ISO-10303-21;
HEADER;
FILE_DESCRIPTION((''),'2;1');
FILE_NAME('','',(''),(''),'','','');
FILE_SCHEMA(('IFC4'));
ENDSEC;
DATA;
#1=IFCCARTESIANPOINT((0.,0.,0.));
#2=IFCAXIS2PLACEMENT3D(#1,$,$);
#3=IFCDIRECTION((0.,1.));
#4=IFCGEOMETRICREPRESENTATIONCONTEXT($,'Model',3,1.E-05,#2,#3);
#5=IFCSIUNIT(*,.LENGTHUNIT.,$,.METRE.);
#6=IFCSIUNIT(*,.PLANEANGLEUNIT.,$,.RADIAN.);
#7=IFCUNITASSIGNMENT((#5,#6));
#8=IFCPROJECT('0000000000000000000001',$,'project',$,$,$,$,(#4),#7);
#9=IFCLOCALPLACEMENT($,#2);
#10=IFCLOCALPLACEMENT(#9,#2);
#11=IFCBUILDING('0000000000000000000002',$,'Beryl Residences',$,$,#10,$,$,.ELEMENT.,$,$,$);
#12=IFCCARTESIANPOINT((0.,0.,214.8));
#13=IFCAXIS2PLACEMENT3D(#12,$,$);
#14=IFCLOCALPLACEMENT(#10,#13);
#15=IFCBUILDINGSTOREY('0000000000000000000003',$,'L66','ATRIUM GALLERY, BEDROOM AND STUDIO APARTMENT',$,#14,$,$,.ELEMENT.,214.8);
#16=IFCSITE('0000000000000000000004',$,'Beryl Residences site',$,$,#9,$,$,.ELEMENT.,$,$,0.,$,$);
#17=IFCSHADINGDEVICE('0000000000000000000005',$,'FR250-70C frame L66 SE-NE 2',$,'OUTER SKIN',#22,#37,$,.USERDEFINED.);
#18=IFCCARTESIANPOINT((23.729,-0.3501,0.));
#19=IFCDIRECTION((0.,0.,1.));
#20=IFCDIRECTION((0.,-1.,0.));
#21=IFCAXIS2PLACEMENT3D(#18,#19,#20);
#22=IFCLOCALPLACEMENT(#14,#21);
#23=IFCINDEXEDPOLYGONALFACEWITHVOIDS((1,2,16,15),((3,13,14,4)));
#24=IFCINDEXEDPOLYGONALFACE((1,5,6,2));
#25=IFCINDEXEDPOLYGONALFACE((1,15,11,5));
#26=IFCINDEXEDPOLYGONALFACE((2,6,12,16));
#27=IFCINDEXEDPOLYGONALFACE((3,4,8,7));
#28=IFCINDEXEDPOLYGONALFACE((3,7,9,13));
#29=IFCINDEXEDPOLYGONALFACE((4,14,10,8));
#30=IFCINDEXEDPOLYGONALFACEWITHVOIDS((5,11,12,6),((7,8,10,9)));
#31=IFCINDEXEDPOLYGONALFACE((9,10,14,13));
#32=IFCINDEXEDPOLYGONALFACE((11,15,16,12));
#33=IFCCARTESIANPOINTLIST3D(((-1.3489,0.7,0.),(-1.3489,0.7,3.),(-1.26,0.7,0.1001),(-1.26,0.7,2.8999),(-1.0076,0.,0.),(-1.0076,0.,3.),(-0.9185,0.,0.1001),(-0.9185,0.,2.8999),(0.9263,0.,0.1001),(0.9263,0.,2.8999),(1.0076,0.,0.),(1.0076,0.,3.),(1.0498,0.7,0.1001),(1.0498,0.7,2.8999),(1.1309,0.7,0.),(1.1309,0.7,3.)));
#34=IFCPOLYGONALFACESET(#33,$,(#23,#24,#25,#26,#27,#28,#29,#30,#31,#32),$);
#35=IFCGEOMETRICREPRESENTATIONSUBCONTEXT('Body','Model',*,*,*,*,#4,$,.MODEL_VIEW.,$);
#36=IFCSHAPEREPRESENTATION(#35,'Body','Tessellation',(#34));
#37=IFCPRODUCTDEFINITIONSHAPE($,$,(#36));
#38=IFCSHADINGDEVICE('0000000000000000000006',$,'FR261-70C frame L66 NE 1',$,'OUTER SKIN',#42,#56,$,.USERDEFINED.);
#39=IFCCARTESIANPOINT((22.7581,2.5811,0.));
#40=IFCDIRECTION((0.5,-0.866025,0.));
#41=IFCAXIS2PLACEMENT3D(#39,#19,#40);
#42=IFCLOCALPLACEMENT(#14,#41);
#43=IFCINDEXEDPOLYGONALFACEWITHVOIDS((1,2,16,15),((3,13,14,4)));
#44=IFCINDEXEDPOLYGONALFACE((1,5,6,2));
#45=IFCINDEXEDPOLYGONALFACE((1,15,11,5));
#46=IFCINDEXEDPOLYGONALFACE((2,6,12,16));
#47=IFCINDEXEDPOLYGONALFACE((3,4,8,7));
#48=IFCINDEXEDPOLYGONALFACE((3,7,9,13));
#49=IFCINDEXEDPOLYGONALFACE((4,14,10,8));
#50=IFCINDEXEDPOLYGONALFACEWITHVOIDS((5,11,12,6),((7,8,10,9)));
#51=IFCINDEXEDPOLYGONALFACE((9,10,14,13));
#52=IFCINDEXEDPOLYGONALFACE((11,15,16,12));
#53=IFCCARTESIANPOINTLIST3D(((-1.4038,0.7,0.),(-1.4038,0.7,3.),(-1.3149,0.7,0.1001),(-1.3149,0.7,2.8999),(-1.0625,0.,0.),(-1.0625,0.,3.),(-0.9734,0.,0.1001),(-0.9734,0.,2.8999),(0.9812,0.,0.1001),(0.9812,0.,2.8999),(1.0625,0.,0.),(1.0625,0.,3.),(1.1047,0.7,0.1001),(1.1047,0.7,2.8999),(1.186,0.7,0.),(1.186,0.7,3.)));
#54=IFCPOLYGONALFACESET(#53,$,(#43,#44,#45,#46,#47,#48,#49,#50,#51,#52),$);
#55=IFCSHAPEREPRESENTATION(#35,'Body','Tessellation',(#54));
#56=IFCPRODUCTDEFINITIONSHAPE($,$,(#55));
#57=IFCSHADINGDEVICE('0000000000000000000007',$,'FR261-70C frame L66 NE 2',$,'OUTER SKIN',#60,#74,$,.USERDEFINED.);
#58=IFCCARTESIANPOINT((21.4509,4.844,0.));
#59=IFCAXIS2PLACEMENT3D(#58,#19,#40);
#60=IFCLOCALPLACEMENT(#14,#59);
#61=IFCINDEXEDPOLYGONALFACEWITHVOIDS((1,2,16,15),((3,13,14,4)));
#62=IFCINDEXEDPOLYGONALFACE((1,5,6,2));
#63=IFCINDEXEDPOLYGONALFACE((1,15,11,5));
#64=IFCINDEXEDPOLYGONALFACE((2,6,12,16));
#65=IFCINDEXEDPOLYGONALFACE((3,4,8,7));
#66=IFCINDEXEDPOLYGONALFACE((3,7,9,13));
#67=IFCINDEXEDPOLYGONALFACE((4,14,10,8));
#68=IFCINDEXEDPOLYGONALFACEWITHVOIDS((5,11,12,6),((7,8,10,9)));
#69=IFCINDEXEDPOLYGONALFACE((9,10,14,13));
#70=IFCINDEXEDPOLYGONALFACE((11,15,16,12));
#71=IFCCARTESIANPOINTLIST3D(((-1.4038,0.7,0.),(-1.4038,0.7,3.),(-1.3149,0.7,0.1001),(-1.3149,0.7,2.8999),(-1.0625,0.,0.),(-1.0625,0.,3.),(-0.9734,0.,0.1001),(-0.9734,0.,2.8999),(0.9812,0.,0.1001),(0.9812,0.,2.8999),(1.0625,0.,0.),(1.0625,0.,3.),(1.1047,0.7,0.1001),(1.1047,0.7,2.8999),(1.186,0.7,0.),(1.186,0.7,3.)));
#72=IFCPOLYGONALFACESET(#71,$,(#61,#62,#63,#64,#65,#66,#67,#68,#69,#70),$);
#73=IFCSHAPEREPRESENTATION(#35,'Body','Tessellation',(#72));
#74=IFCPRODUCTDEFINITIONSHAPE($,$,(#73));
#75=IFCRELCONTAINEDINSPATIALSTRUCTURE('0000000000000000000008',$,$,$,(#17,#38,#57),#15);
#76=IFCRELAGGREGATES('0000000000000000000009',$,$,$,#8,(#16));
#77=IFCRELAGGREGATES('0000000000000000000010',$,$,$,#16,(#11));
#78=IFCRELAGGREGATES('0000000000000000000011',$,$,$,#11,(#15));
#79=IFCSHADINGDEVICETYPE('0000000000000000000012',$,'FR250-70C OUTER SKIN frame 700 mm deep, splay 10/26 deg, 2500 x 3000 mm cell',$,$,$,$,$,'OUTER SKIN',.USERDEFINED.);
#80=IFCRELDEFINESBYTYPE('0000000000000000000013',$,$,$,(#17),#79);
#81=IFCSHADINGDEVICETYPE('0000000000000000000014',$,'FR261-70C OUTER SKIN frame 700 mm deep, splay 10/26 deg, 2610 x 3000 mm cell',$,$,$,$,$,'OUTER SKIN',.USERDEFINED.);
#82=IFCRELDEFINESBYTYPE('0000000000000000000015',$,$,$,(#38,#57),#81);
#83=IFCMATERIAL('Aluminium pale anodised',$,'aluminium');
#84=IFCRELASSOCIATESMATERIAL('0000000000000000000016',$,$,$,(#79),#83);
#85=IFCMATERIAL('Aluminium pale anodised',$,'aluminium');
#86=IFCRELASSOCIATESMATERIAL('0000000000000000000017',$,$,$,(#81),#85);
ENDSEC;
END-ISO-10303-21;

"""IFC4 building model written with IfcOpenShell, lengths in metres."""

from ifc_helpers import new_model, entity, si_unit, direction, frame, origin, place, context, subcontext, project, spatial, source, transform, mapped, material, type_object, type_shapes, element, save


model = new_model("IFC4")

# Units and contexts
model_context = context("Model", 3, precision=1e-05, world=origin(), true_north=direction((0.0, 1.0)))
body_context = subcontext(model_context, "Body", "Model", "MODEL_VIEW")
ifc_project = project(units=[si_unit("LENGTHUNIT", "METRE"), si_unit("PLANEANGLEUNIT", "RADIAN")], contexts=[model_context])

# Site, building, storey
site_placement = place(None, origin())
site = spatial("IfcSite", under=ifc_project, at=site_placement, Name="Beryl Residences site", CompositionType="ELEMENT", RefElevation=0.0)
building_placement = place(site_placement, origin())
building = spatial("IfcBuilding", under=site, at=building_placement, Name="Beryl Residences", CompositionType="ELEMENT")
storey_placement = place(building_placement, frame((0.0, 0.0, 214.8)))
storey = spatial("IfcBuildingStorey", under=building, at=storey_placement, Name="L66", Description="ATRIUM GALLERY, BEDROOM AND STUDIO APARTMENT", CompositionType="ELEMENT", Elevation=214.8)

# Shading devices
ifc_material_1 = material(Name="Aluminium pale anodised", Category="aluminium")
shading_device_type_1 = type_object("IfcShadingDeviceType", Name="FR250-70C OUTER SKIN frame 700 mm deep, splay 10/26 deg, 2500 x 3000 mm cell", ElementType="OUTER SKIN", PredefinedType="USERDEFINED", material=ifc_material_1)
cartesian_point_1 = entity("IfcCartesianPoint", [-1.0076, 0.0])
cartesian_point_2 = entity("IfcCartesianPoint", [-0.9263, 0.1001])
cartesian_point_3 = entity("IfcCartesianPoint", [-1.1309, 0.0])
cartesian_point_4 = entity("IfcCartesianPoint", [-1.0498, 0.1001])
shared_shape_1 = source(origin(), body_context, "Body", "SweptSolid", [
    entity("IfcExtrudedAreaSolidTapered", entity("IfcArbitraryProfileDefWithVoids", "AREA", None, entity("IfcPolyline", [cartesian_point_1, entity("IfcCartesianPoint", [1.0076, 0.0]), entity("IfcCartesianPoint", [1.0076, 3.0]), entity("IfcCartesianPoint", [-1.0076, 3.0]), cartesian_point_1]), [entity("IfcPolyline", [cartesian_point_2, entity("IfcCartesianPoint", [0.9185, 0.1001]), entity("IfcCartesianPoint", [0.9185, 2.8999]), entity("IfcCartesianPoint", [-0.9263, 2.8999]), cartesian_point_2])]), entity("IfcAxis2Placement3D", entity("IfcCartesianPoint", [0.0, 0.0, 0.0]), entity("IfcDirection", [0.0, 1.0, 0.0]), entity("IfcDirection", [-1.0, 0.0, 0.0])), entity("IfcDirection", [0.0, 0.0, 1.0]), 0.7, entity("IfcArbitraryProfileDefWithVoids", "AREA", None, entity("IfcPolyline", [cartesian_point_3, entity("IfcCartesianPoint", [1.3489, 0.0]), entity("IfcCartesianPoint", [1.3489, 3.0]), entity("IfcCartesianPoint", [-1.1309, 3.0]), cartesian_point_3]), [entity("IfcPolyline", [cartesian_point_4, entity("IfcCartesianPoint", [1.26, 0.1001]), entity("IfcCartesianPoint", [1.26, 2.8999]), entity("IfcCartesianPoint", [-1.0498, 2.8999]), cartesian_point_4])])),
])
type_shapes(shading_device_type_1, [shared_shape_1])
shading_device_placement = place(storey_placement, frame((23.729, -0.3501, 0.0), z_axis=(0.0, 0.0, 1.0), x_axis=(0.0, -1.0, 0.0)))
element("IfcShadingDevice", 1, at=shading_device_placement, inside=storey, type_object=shading_device_type_1, Name="FR250-70C frame L66 SE-NE 2", ObjectType="OUTER SKIN", PredefinedType="USERDEFINED", context=body_context, shape_type="MappedRepresentation", body=[
    mapped(shared_shape_1, transform((0.0, 0.0, 0.0))),
])
ifc_material_2 = material(Name="Aluminium pale anodised", Category="aluminium")
shading_device_type_2 = type_object("IfcShadingDeviceType", Name="FR261-70C OUTER SKIN frame 700 mm deep, splay 10/26 deg, 2610 x 3000 mm cell", ElementType="OUTER SKIN", PredefinedType="USERDEFINED", material=ifc_material_2)
cartesian_point_5 = entity("IfcCartesianPoint", [-1.0625, 0.0])
cartesian_point_6 = entity("IfcCartesianPoint", [-0.9812, 0.1001])
cartesian_point_7 = entity("IfcCartesianPoint", [-1.186, 0.0])
cartesian_point_8 = entity("IfcCartesianPoint", [-1.1047, 0.1001])
shared_shape_2 = source(origin(), body_context, "Body", "SweptSolid", [
    entity("IfcExtrudedAreaSolidTapered", entity("IfcArbitraryProfileDefWithVoids", "AREA", None, entity("IfcPolyline", [cartesian_point_5, entity("IfcCartesianPoint", [1.0625, 0.0]), entity("IfcCartesianPoint", [1.0625, 3.0]), entity("IfcCartesianPoint", [-1.0625, 3.0]), cartesian_point_5]), [entity("IfcPolyline", [cartesian_point_6, entity("IfcCartesianPoint", [0.9734, 0.1001]), entity("IfcCartesianPoint", [0.9734, 2.8999]), entity("IfcCartesianPoint", [-0.9812, 2.8999]), cartesian_point_6])]), entity("IfcAxis2Placement3D", entity("IfcCartesianPoint", [0.0, 0.0, 0.0]), entity("IfcDirection", [0.0, 1.0, 0.0]), entity("IfcDirection", [-1.0, 0.0, 0.0])), entity("IfcDirection", [0.0, 0.0, 1.0]), 0.7, entity("IfcArbitraryProfileDefWithVoids", "AREA", None, entity("IfcPolyline", [cartesian_point_7, entity("IfcCartesianPoint", [1.4038, 0.0]), entity("IfcCartesianPoint", [1.4038, 3.0]), entity("IfcCartesianPoint", [-1.186, 3.0]), cartesian_point_7]), [entity("IfcPolyline", [cartesian_point_8, entity("IfcCartesianPoint", [1.3149, 0.1001]), entity("IfcCartesianPoint", [1.3149, 2.8999]), entity("IfcCartesianPoint", [-1.1047, 2.8999]), cartesian_point_8])])),
])
type_shapes(shading_device_type_2, [shared_shape_2])
for number, where, z_axis, x_axis, name in (
    (2, (22.7581, 2.5811, 0.0), (0.0, 0.0, 1.0), (0.5, -0.866025, 0.0), "FR261-70C frame L66 NE 1"),
    (3, (21.4509, 4.844, 0.0), (0.0, 0.0, 1.0), (0.5, -0.866025, 0.0), "FR261-70C frame L66 NE 2"),
):
    element("IfcShadingDevice", number, at=place(storey_placement, frame(where, z_axis=z_axis, x_axis=x_axis)), inside=storey, type_object=shading_device_type_2, Name=name, ObjectType="OUTER SKIN", PredefinedType="USERDEFINED", context=body_context, shape_type="MappedRepresentation", body=[
        mapped(shared_shape_2, transform((0.0, 0.0, 0.0))),
    ])

save(model, "model.ifc")
